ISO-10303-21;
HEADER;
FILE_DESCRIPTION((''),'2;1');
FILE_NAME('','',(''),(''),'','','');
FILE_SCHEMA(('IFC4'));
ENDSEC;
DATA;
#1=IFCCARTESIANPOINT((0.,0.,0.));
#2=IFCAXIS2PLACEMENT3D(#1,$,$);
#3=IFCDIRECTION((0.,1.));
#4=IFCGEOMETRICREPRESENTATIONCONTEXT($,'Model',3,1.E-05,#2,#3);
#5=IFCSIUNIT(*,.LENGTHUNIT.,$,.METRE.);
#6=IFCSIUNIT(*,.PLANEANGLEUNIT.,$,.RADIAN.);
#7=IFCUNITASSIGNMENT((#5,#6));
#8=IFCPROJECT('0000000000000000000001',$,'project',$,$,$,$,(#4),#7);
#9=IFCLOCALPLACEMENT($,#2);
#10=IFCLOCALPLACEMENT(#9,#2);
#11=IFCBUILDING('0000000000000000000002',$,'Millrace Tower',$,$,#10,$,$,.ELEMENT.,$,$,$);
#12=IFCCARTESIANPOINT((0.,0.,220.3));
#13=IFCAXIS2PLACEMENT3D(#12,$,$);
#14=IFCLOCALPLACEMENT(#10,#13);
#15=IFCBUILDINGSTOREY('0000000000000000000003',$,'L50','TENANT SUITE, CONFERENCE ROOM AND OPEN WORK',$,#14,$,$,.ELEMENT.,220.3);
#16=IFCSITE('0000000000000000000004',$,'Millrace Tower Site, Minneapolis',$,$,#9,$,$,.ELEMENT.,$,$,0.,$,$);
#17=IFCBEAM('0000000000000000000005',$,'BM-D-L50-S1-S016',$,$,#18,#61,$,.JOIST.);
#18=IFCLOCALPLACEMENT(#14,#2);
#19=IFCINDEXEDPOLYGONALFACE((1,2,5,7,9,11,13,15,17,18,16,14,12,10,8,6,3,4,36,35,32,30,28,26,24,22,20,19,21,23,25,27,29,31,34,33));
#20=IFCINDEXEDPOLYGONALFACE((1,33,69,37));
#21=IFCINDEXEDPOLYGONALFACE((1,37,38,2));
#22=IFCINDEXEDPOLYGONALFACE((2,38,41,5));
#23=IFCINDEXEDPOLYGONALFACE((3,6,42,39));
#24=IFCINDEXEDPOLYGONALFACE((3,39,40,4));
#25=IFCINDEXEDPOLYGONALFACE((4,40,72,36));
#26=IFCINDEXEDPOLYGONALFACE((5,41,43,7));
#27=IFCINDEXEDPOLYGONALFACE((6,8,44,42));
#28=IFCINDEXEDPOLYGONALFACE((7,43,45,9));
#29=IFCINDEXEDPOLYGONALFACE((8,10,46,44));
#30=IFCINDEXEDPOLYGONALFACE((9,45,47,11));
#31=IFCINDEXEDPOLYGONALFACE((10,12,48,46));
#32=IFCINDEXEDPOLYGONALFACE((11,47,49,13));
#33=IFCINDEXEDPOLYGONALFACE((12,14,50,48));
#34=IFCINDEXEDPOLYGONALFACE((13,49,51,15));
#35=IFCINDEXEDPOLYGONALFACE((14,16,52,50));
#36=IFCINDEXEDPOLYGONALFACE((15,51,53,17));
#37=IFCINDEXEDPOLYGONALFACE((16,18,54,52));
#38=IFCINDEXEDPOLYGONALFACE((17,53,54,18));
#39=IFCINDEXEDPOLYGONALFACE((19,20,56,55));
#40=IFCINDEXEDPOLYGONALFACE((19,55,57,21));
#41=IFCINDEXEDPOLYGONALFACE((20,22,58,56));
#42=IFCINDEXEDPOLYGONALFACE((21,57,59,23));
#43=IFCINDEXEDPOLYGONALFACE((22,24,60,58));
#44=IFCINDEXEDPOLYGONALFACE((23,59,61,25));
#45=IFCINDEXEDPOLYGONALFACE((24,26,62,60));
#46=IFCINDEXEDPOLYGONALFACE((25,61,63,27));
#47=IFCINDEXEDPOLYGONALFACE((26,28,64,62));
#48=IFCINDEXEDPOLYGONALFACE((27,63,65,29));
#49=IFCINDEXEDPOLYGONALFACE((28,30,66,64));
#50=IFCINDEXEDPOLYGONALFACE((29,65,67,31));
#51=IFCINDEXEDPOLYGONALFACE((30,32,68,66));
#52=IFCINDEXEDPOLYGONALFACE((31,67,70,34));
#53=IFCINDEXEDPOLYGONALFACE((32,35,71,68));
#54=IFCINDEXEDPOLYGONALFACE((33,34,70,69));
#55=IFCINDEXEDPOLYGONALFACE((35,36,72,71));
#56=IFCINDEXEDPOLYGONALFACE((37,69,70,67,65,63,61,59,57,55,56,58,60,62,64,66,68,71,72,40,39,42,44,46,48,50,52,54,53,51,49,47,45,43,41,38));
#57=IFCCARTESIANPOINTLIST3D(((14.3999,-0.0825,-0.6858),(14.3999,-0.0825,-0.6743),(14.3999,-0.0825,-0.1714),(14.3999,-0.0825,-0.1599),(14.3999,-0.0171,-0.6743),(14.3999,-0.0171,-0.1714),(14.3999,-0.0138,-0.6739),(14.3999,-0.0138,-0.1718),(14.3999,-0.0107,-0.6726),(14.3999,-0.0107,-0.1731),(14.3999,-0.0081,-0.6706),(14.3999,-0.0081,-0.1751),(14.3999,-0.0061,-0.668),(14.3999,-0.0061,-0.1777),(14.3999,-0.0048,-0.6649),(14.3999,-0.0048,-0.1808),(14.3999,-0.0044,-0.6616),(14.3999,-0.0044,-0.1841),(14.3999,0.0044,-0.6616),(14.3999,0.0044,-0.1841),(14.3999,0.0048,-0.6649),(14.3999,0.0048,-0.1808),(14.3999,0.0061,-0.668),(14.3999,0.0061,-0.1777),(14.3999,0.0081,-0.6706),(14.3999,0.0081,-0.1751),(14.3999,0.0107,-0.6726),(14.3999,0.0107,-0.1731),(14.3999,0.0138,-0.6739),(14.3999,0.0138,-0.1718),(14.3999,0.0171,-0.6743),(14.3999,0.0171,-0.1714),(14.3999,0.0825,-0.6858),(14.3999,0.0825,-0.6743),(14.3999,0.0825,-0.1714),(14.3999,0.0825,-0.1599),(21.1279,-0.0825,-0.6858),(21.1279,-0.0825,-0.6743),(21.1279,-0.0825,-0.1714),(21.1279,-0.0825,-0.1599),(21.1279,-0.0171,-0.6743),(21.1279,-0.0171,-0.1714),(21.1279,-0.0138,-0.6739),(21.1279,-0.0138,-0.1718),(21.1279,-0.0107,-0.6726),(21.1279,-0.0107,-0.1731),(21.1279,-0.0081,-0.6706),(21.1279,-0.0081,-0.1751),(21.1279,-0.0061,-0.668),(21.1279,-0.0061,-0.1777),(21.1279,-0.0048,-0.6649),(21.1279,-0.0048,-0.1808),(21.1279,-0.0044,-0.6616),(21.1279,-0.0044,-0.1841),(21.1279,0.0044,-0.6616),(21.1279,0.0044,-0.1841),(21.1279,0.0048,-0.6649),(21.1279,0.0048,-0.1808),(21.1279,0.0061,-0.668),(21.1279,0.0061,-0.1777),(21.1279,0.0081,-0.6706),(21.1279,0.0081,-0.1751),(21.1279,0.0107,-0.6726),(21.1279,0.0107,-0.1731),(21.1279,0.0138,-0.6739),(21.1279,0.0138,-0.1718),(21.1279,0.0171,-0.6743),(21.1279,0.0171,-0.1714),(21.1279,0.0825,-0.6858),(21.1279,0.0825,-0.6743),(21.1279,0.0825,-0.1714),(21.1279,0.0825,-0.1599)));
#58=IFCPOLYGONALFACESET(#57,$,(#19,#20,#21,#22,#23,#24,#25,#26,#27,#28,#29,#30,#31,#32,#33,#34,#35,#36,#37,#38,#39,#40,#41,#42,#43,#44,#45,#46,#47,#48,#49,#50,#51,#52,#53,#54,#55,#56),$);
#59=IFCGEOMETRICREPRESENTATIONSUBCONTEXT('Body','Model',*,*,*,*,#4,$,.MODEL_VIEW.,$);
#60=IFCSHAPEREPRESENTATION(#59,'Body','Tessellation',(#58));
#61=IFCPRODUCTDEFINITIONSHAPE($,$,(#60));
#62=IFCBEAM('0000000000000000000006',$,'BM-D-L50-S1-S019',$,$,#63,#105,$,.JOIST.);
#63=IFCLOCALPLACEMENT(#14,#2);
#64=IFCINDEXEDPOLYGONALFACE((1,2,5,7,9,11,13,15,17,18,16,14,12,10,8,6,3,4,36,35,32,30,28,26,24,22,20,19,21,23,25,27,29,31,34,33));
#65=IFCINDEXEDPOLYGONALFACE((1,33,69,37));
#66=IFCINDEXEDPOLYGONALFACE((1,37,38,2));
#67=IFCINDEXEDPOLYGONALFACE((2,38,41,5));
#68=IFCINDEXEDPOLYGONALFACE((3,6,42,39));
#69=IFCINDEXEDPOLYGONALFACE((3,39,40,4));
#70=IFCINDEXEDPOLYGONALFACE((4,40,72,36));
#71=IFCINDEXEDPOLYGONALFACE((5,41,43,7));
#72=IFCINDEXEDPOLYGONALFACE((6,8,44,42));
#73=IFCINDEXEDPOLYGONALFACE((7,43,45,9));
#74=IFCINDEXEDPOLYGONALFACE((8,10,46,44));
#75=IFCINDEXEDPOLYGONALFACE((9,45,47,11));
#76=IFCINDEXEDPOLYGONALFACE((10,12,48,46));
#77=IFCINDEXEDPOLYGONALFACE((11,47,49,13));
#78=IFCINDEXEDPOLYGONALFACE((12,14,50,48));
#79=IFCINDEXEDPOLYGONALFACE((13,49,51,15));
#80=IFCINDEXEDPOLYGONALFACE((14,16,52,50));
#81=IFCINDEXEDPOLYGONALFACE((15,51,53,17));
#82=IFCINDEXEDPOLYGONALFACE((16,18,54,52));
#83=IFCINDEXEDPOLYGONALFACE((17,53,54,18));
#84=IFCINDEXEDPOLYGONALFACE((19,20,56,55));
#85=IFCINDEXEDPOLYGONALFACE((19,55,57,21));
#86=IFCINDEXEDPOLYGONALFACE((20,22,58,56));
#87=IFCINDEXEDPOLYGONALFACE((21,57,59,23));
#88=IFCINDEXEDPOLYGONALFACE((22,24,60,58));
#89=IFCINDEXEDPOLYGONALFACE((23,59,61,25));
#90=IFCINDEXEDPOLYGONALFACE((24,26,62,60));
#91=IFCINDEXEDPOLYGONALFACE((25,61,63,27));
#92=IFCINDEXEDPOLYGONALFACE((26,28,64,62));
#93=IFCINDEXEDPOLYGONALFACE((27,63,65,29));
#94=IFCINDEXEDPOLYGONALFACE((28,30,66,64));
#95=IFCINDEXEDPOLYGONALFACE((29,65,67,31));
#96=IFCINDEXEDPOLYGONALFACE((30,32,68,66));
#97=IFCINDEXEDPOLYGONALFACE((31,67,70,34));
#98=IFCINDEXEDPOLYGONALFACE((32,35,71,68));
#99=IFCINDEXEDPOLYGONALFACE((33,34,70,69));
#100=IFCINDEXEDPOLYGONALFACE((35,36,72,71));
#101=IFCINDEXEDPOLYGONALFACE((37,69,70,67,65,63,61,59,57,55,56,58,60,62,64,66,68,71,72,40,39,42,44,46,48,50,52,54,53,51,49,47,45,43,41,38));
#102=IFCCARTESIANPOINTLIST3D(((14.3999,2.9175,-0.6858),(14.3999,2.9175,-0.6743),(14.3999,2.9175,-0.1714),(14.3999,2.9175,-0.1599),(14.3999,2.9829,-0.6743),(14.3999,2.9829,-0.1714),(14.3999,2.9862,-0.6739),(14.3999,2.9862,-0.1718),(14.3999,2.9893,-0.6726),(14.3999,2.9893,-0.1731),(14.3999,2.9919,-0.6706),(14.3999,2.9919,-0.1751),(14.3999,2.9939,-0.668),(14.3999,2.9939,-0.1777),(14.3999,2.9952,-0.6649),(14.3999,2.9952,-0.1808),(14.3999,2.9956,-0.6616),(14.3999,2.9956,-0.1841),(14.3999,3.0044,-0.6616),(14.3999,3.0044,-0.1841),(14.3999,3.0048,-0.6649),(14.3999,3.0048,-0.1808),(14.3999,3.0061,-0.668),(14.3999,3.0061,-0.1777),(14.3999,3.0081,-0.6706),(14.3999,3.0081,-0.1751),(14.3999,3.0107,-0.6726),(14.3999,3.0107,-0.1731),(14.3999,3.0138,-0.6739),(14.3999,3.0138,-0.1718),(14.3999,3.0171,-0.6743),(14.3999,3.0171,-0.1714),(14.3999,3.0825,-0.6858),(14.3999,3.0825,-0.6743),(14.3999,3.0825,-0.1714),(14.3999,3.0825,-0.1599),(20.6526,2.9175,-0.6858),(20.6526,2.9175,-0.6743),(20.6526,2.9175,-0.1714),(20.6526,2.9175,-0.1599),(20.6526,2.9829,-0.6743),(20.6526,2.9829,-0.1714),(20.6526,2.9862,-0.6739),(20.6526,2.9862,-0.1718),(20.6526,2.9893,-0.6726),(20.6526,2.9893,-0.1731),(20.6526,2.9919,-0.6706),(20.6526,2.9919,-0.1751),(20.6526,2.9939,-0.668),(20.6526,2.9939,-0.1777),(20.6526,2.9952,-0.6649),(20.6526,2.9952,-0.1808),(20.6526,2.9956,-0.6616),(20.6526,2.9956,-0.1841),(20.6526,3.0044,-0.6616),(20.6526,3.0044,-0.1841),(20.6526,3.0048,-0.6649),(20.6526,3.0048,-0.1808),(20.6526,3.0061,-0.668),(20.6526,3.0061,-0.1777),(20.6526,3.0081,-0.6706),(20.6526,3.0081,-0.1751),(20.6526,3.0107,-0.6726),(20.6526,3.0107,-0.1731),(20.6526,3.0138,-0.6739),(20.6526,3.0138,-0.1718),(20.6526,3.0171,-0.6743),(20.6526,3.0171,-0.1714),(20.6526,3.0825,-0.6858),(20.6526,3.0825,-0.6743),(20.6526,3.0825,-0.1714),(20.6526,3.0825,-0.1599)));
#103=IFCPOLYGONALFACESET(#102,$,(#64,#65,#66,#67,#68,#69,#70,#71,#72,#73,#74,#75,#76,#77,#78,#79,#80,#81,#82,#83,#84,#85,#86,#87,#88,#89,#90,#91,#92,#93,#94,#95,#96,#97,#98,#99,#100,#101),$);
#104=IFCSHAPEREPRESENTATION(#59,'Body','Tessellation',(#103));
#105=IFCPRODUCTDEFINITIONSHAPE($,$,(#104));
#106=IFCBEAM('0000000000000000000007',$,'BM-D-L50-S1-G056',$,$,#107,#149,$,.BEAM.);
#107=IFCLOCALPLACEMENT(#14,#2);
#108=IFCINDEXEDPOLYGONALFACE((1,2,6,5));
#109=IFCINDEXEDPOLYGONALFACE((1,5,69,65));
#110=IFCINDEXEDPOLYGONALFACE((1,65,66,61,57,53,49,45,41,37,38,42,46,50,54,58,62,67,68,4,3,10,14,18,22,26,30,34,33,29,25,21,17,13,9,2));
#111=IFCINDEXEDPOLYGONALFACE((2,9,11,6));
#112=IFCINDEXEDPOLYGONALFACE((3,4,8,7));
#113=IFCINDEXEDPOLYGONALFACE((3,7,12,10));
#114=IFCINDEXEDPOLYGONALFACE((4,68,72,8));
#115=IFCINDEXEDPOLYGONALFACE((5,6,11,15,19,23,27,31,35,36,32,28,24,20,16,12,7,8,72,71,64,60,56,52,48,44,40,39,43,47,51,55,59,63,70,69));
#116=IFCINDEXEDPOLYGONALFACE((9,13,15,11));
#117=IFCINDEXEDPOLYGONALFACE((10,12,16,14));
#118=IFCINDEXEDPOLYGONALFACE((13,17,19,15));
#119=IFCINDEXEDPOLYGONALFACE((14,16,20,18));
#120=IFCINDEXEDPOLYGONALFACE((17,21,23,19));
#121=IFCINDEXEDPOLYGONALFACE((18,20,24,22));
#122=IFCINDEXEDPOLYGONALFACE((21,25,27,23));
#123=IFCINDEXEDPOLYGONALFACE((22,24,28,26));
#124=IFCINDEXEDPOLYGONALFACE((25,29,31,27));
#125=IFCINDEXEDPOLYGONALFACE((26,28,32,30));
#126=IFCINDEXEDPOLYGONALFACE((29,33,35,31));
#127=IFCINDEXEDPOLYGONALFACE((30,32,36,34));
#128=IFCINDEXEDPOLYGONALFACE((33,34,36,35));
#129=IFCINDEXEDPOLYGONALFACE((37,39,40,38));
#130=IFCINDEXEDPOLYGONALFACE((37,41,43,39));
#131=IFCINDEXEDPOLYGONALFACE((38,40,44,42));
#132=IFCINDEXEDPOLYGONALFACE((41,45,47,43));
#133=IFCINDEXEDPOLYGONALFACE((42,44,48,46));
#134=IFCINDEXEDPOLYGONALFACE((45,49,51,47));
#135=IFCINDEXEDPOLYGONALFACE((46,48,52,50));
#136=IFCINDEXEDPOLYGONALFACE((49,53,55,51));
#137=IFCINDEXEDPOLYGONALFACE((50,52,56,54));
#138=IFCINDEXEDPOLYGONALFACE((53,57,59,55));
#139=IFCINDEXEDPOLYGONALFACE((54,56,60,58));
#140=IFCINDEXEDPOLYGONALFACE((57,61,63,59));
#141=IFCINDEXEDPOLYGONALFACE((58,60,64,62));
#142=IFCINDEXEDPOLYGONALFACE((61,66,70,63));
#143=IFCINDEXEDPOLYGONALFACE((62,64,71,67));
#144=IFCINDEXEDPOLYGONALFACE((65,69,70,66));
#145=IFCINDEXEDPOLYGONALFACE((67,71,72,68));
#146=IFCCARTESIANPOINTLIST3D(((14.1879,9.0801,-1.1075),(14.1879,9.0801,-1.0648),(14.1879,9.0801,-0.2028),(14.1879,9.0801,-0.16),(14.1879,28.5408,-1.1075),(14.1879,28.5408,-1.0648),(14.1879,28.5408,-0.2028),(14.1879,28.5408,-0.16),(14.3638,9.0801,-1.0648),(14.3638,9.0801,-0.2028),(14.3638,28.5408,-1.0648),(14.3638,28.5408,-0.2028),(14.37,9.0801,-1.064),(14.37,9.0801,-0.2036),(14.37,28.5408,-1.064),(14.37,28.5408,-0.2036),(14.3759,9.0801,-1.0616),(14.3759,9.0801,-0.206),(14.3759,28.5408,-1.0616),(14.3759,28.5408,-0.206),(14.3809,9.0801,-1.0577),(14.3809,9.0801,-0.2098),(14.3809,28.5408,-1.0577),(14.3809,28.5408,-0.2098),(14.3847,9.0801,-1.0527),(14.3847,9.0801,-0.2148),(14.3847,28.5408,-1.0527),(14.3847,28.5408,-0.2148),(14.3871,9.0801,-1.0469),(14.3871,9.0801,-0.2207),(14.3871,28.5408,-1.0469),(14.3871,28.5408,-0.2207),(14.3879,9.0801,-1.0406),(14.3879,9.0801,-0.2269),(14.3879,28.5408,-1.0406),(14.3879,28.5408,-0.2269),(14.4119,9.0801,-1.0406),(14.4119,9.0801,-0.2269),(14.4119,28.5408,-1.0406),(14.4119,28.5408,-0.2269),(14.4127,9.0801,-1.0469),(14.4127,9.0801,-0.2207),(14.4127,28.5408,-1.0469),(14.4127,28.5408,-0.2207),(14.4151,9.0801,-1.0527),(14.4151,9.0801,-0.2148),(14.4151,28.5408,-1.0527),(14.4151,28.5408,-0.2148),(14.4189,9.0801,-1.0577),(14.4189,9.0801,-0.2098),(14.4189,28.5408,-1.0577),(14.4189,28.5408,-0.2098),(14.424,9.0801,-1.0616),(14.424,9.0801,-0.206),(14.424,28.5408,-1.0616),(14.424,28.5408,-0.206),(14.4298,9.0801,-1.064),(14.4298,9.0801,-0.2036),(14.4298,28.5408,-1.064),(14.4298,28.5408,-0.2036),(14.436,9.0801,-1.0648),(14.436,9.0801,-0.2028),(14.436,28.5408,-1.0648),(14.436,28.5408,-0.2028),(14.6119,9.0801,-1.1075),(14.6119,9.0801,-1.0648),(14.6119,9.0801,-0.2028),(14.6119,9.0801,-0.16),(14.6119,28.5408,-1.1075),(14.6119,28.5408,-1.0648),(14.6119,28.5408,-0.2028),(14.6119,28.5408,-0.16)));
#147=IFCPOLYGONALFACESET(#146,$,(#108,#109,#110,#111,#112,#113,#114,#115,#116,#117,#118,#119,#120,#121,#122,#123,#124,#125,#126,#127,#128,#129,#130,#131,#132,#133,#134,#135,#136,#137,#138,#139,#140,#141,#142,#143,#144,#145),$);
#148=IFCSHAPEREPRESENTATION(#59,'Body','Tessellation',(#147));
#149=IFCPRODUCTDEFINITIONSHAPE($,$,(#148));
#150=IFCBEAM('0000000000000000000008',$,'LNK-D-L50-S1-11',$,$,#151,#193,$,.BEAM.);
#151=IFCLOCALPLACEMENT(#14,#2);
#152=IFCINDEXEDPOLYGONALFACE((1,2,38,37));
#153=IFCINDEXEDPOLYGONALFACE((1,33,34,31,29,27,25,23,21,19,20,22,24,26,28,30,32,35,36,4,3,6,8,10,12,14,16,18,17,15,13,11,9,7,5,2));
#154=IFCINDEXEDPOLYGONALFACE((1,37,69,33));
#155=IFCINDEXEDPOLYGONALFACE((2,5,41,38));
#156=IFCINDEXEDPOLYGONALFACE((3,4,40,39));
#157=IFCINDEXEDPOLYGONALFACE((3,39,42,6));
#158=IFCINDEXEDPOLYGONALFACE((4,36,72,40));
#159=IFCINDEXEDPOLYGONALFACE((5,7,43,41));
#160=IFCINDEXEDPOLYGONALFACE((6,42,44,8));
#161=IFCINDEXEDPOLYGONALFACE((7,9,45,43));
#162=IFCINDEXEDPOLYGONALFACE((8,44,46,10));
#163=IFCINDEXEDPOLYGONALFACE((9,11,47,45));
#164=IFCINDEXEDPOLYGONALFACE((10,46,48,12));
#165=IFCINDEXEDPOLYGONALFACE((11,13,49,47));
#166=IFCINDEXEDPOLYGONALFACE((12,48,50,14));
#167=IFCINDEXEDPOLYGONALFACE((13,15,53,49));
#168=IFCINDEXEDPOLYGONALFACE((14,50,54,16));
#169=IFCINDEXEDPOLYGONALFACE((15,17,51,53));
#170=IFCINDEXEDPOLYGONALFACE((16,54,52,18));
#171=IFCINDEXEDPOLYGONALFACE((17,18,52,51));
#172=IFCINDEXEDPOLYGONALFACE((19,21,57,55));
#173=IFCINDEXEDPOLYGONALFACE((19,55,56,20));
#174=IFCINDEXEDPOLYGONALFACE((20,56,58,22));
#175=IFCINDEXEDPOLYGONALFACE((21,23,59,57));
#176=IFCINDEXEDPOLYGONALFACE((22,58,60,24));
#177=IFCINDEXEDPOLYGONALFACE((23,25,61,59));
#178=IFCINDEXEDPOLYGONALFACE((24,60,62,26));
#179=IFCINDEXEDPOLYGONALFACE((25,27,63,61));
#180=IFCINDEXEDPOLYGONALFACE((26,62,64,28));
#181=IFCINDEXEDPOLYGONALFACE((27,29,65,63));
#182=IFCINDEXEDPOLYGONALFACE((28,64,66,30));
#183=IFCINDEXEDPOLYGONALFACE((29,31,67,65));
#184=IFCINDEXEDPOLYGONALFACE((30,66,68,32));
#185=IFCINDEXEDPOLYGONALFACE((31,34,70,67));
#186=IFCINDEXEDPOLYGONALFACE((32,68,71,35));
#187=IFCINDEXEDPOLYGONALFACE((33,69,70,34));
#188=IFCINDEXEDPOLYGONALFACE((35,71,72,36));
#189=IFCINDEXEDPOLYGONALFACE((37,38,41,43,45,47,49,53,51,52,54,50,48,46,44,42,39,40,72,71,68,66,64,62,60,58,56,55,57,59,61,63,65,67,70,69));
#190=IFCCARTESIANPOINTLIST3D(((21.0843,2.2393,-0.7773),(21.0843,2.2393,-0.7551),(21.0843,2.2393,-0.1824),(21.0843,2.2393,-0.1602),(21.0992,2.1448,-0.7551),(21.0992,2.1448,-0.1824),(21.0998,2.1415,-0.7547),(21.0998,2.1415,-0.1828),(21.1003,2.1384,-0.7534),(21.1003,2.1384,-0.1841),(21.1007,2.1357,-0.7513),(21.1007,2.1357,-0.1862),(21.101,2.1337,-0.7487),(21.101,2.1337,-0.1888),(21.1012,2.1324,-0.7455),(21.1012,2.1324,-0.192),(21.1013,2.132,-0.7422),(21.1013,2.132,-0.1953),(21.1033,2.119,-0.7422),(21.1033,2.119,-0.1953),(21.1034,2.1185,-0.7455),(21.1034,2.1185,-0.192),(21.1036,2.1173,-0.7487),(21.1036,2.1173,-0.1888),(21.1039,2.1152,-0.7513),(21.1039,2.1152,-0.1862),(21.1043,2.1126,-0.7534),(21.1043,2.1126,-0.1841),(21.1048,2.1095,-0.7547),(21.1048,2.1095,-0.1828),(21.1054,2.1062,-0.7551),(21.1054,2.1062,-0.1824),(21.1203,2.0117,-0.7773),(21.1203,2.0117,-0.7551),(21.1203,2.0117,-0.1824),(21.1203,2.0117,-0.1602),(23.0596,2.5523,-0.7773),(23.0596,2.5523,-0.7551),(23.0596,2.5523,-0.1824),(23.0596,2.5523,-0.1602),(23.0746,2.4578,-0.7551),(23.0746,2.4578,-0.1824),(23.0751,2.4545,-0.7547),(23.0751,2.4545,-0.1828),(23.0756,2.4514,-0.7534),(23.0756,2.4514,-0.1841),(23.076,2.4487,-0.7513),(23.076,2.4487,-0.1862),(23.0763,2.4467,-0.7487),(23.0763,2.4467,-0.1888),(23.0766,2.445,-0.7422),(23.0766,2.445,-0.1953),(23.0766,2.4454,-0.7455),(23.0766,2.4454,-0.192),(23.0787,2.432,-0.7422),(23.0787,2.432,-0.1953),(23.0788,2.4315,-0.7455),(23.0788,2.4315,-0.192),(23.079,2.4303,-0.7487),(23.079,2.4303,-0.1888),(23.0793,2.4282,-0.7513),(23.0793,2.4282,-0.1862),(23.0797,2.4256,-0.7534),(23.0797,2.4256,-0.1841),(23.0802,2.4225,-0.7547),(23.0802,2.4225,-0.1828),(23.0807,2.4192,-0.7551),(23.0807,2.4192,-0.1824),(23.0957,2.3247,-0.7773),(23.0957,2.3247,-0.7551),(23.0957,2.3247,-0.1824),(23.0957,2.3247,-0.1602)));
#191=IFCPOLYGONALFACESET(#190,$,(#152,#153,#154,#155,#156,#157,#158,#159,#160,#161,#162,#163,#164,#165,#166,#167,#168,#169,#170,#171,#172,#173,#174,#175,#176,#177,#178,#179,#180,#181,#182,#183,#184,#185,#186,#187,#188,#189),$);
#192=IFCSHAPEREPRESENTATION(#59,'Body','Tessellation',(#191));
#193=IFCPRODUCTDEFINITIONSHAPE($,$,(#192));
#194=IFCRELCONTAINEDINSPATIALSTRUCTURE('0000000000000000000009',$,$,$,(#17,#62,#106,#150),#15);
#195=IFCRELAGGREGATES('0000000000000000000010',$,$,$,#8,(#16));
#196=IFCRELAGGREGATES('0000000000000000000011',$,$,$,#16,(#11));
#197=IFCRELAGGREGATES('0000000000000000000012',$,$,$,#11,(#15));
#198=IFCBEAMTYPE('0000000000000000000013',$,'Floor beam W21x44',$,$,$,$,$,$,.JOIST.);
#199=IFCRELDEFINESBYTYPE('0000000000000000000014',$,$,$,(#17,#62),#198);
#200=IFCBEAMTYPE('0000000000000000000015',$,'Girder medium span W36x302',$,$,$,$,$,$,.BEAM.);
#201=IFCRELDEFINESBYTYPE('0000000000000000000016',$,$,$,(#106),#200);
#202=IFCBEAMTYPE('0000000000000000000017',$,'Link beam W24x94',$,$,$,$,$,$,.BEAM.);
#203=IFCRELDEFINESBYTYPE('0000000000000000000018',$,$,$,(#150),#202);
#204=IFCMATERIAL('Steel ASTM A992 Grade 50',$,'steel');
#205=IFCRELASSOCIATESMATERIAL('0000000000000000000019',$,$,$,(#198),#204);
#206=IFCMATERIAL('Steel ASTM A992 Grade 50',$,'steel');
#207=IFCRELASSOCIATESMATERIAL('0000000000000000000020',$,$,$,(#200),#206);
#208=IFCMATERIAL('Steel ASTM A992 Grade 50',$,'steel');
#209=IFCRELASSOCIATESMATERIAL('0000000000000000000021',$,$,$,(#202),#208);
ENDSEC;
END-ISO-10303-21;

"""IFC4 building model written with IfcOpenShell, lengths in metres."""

from ifc_helpers import new_model, si_unit, direction, frame, origin, origin_2d, place, context, subcontext, project, spatial, i_section, extrude, material, material_profile, profile_set, type_object, element, save


model = new_model("IFC4")

# Units and contexts
model_context = context("Model", 3, precision=1e-05, world=origin(), true_north=direction((0.0, 1.0)))
body_context = subcontext(model_context, "Body", "Model", "MODEL_VIEW")
ifc_project = project(units=[si_unit("LENGTHUNIT", "METRE"), si_unit("PLANEANGLEUNIT", "RADIAN")], contexts=[model_context])

# Site, building, storey
site_placement = place(None, origin())
site = spatial("IfcSite", under=ifc_project, at=site_placement, Name="Millrace Tower Site, Minneapolis", CompositionType="ELEMENT", RefElevation=0.0)
building_placement = place(site_placement, origin())
building = spatial("IfcBuilding", under=site, at=building_placement, Name="Millrace Tower", CompositionType="ELEMENT")
storey_placement = place(building_placement, frame((0.0, 0.0, 220.3)))
storey = spatial("IfcBuildingStorey", under=building, at=storey_placement, Name="L50", Description="TENANT SUITE, CONFERENCE ROOM AND OPEN WORK", CompositionType="ELEMENT", Elevation=220.3)

# Beams
ifc_material_1 = material(Name="Steel ASTM A992 Grade 50", Category="steel")
ifc_material_profile_1 = material_profile(ifc_material_1, i_section(OverallWidth=0.165, OverallDepth=0.5259, WebThickness=0.0088, FlangeThickness=0.0115, FilletRadius=0.0127, at=origin_2d()))
ifc_profile_set_1 = profile_set([ifc_material_profile_1], Name="Steel ASTM A992 Grade 50")
beam_type_1 = type_object("IfcBeamType", Name="Floor beam W21x44", PredefinedType="JOIST", material=ifc_profile_set_1)
beam_1_placement = place(storey_placement, frame((14.3999, 0.0, -0.4229), z_axis=(1.0, 0.0, 0.0), x_axis=(0.0, 1.0, 0.0)))
element("IfcBeam", 1, at=beam_1_placement, inside=storey, type_object=beam_type_1, Name="BM-D-L50-S1-S016", PredefinedType="JOIST", context=body_context, shape_type="SweptSolid", body=[
    extrude(i_section(OverallWidth=0.165, OverallDepth=0.5259, WebThickness=0.0088, FlangeThickness=0.0115, FilletRadius=0.0127, at=origin_2d()), origin(), (0.0, 0.0, 1.0), 6.728),
])
beam_2_placement = place(storey_placement, frame((14.3999, 3.0, -0.4229), z_axis=(1.0, 0.0, 0.0), x_axis=(0.0, 1.0, 0.0)))
element("IfcBeam", 2, at=beam_2_placement, inside=storey, type_object=beam_type_1, Name="BM-D-L50-S1-S019", PredefinedType="JOIST", context=body_context, shape_type="SweptSolid", body=[
    extrude(i_section(OverallWidth=0.165, OverallDepth=0.5259, WebThickness=0.0088, FlangeThickness=0.0115, FilletRadius=0.0127, at=origin_2d()), origin(), (0.0, 0.0, 1.0), 6.2527),
])
ifc_material_2 = material(Name="Steel ASTM A992 Grade 50", Category="steel")
ifc_material_profile_2 = material_profile(ifc_material_2, i_section(OverallWidth=0.4241, OverallDepth=0.9475, WebThickness=0.0239, FlangeThickness=0.0427, FilletRadius=0.0242, at=origin_2d()))
ifc_profile_set_2 = profile_set([ifc_material_profile_2], Name="Steel ASTM A992 Grade 50")
beam_type_2 = type_object("IfcBeamType", Name="Girder medium span W36x302", PredefinedType="BEAM", material=ifc_profile_set_2)
beam_3_placement = place(storey_placement, frame((14.3999, 9.0801, -0.6338), z_axis=(0.0, 1.0, 0.0), x_axis=(-1.0, 0.0, 0.0)))
element("IfcBeam", 3, at=beam_3_placement, inside=storey, type_object=beam_type_2, Name="BM-D-L50-S1-G056", PredefinedType="BEAM", context=body_context, shape_type="SweptSolid", body=[
    extrude(i_section(OverallWidth=0.4241, OverallDepth=0.9475, WebThickness=0.0239, FlangeThickness=0.0427, FilletRadius=0.0242, at=origin_2d()), origin(), (0.0, 0.0, 1.0), 19.4607),
])
ifc_material_3 = material(Name="Steel ASTM A992 Grade 50", Category="steel")
ifc_material_profile_3 = material_profile(ifc_material_3, i_section(OverallWidth=0.2305, OverallDepth=0.6172, WebThickness=0.0132, FlangeThickness=0.0222, FilletRadius=0.0129, at=origin_2d()))
ifc_profile_set_3 = profile_set([ifc_material_profile_3], Name="Steel ASTM A992 Grade 50")
beam_type_3 = type_object("IfcBeamType", Name="Link beam W24x94", PredefinedType="BEAM", material=ifc_profile_set_3)
beam_4_placement = place(storey_placement, frame((21.1023, 2.1255, -0.4688), z_axis=(0.987679, 0.156495, 0.0), x_axis=(-0.156495, 0.987679, 0.0)))
element("IfcBeam", 4, at=beam_4_placement, inside=storey, type_object=beam_type_3, Name="LNK-D-L50-S1-11", PredefinedType="BEAM", context=body_context, shape_type="SweptSolid", body=[
    extrude(i_section(OverallWidth=0.2305, OverallDepth=0.6172, WebThickness=0.0132, FlangeThickness=0.0222, FilletRadius=0.0129, at=origin_2d()), origin(), (0.0, 0.0, 1.0), 2.0),
])

save(model, "model.ifc")
